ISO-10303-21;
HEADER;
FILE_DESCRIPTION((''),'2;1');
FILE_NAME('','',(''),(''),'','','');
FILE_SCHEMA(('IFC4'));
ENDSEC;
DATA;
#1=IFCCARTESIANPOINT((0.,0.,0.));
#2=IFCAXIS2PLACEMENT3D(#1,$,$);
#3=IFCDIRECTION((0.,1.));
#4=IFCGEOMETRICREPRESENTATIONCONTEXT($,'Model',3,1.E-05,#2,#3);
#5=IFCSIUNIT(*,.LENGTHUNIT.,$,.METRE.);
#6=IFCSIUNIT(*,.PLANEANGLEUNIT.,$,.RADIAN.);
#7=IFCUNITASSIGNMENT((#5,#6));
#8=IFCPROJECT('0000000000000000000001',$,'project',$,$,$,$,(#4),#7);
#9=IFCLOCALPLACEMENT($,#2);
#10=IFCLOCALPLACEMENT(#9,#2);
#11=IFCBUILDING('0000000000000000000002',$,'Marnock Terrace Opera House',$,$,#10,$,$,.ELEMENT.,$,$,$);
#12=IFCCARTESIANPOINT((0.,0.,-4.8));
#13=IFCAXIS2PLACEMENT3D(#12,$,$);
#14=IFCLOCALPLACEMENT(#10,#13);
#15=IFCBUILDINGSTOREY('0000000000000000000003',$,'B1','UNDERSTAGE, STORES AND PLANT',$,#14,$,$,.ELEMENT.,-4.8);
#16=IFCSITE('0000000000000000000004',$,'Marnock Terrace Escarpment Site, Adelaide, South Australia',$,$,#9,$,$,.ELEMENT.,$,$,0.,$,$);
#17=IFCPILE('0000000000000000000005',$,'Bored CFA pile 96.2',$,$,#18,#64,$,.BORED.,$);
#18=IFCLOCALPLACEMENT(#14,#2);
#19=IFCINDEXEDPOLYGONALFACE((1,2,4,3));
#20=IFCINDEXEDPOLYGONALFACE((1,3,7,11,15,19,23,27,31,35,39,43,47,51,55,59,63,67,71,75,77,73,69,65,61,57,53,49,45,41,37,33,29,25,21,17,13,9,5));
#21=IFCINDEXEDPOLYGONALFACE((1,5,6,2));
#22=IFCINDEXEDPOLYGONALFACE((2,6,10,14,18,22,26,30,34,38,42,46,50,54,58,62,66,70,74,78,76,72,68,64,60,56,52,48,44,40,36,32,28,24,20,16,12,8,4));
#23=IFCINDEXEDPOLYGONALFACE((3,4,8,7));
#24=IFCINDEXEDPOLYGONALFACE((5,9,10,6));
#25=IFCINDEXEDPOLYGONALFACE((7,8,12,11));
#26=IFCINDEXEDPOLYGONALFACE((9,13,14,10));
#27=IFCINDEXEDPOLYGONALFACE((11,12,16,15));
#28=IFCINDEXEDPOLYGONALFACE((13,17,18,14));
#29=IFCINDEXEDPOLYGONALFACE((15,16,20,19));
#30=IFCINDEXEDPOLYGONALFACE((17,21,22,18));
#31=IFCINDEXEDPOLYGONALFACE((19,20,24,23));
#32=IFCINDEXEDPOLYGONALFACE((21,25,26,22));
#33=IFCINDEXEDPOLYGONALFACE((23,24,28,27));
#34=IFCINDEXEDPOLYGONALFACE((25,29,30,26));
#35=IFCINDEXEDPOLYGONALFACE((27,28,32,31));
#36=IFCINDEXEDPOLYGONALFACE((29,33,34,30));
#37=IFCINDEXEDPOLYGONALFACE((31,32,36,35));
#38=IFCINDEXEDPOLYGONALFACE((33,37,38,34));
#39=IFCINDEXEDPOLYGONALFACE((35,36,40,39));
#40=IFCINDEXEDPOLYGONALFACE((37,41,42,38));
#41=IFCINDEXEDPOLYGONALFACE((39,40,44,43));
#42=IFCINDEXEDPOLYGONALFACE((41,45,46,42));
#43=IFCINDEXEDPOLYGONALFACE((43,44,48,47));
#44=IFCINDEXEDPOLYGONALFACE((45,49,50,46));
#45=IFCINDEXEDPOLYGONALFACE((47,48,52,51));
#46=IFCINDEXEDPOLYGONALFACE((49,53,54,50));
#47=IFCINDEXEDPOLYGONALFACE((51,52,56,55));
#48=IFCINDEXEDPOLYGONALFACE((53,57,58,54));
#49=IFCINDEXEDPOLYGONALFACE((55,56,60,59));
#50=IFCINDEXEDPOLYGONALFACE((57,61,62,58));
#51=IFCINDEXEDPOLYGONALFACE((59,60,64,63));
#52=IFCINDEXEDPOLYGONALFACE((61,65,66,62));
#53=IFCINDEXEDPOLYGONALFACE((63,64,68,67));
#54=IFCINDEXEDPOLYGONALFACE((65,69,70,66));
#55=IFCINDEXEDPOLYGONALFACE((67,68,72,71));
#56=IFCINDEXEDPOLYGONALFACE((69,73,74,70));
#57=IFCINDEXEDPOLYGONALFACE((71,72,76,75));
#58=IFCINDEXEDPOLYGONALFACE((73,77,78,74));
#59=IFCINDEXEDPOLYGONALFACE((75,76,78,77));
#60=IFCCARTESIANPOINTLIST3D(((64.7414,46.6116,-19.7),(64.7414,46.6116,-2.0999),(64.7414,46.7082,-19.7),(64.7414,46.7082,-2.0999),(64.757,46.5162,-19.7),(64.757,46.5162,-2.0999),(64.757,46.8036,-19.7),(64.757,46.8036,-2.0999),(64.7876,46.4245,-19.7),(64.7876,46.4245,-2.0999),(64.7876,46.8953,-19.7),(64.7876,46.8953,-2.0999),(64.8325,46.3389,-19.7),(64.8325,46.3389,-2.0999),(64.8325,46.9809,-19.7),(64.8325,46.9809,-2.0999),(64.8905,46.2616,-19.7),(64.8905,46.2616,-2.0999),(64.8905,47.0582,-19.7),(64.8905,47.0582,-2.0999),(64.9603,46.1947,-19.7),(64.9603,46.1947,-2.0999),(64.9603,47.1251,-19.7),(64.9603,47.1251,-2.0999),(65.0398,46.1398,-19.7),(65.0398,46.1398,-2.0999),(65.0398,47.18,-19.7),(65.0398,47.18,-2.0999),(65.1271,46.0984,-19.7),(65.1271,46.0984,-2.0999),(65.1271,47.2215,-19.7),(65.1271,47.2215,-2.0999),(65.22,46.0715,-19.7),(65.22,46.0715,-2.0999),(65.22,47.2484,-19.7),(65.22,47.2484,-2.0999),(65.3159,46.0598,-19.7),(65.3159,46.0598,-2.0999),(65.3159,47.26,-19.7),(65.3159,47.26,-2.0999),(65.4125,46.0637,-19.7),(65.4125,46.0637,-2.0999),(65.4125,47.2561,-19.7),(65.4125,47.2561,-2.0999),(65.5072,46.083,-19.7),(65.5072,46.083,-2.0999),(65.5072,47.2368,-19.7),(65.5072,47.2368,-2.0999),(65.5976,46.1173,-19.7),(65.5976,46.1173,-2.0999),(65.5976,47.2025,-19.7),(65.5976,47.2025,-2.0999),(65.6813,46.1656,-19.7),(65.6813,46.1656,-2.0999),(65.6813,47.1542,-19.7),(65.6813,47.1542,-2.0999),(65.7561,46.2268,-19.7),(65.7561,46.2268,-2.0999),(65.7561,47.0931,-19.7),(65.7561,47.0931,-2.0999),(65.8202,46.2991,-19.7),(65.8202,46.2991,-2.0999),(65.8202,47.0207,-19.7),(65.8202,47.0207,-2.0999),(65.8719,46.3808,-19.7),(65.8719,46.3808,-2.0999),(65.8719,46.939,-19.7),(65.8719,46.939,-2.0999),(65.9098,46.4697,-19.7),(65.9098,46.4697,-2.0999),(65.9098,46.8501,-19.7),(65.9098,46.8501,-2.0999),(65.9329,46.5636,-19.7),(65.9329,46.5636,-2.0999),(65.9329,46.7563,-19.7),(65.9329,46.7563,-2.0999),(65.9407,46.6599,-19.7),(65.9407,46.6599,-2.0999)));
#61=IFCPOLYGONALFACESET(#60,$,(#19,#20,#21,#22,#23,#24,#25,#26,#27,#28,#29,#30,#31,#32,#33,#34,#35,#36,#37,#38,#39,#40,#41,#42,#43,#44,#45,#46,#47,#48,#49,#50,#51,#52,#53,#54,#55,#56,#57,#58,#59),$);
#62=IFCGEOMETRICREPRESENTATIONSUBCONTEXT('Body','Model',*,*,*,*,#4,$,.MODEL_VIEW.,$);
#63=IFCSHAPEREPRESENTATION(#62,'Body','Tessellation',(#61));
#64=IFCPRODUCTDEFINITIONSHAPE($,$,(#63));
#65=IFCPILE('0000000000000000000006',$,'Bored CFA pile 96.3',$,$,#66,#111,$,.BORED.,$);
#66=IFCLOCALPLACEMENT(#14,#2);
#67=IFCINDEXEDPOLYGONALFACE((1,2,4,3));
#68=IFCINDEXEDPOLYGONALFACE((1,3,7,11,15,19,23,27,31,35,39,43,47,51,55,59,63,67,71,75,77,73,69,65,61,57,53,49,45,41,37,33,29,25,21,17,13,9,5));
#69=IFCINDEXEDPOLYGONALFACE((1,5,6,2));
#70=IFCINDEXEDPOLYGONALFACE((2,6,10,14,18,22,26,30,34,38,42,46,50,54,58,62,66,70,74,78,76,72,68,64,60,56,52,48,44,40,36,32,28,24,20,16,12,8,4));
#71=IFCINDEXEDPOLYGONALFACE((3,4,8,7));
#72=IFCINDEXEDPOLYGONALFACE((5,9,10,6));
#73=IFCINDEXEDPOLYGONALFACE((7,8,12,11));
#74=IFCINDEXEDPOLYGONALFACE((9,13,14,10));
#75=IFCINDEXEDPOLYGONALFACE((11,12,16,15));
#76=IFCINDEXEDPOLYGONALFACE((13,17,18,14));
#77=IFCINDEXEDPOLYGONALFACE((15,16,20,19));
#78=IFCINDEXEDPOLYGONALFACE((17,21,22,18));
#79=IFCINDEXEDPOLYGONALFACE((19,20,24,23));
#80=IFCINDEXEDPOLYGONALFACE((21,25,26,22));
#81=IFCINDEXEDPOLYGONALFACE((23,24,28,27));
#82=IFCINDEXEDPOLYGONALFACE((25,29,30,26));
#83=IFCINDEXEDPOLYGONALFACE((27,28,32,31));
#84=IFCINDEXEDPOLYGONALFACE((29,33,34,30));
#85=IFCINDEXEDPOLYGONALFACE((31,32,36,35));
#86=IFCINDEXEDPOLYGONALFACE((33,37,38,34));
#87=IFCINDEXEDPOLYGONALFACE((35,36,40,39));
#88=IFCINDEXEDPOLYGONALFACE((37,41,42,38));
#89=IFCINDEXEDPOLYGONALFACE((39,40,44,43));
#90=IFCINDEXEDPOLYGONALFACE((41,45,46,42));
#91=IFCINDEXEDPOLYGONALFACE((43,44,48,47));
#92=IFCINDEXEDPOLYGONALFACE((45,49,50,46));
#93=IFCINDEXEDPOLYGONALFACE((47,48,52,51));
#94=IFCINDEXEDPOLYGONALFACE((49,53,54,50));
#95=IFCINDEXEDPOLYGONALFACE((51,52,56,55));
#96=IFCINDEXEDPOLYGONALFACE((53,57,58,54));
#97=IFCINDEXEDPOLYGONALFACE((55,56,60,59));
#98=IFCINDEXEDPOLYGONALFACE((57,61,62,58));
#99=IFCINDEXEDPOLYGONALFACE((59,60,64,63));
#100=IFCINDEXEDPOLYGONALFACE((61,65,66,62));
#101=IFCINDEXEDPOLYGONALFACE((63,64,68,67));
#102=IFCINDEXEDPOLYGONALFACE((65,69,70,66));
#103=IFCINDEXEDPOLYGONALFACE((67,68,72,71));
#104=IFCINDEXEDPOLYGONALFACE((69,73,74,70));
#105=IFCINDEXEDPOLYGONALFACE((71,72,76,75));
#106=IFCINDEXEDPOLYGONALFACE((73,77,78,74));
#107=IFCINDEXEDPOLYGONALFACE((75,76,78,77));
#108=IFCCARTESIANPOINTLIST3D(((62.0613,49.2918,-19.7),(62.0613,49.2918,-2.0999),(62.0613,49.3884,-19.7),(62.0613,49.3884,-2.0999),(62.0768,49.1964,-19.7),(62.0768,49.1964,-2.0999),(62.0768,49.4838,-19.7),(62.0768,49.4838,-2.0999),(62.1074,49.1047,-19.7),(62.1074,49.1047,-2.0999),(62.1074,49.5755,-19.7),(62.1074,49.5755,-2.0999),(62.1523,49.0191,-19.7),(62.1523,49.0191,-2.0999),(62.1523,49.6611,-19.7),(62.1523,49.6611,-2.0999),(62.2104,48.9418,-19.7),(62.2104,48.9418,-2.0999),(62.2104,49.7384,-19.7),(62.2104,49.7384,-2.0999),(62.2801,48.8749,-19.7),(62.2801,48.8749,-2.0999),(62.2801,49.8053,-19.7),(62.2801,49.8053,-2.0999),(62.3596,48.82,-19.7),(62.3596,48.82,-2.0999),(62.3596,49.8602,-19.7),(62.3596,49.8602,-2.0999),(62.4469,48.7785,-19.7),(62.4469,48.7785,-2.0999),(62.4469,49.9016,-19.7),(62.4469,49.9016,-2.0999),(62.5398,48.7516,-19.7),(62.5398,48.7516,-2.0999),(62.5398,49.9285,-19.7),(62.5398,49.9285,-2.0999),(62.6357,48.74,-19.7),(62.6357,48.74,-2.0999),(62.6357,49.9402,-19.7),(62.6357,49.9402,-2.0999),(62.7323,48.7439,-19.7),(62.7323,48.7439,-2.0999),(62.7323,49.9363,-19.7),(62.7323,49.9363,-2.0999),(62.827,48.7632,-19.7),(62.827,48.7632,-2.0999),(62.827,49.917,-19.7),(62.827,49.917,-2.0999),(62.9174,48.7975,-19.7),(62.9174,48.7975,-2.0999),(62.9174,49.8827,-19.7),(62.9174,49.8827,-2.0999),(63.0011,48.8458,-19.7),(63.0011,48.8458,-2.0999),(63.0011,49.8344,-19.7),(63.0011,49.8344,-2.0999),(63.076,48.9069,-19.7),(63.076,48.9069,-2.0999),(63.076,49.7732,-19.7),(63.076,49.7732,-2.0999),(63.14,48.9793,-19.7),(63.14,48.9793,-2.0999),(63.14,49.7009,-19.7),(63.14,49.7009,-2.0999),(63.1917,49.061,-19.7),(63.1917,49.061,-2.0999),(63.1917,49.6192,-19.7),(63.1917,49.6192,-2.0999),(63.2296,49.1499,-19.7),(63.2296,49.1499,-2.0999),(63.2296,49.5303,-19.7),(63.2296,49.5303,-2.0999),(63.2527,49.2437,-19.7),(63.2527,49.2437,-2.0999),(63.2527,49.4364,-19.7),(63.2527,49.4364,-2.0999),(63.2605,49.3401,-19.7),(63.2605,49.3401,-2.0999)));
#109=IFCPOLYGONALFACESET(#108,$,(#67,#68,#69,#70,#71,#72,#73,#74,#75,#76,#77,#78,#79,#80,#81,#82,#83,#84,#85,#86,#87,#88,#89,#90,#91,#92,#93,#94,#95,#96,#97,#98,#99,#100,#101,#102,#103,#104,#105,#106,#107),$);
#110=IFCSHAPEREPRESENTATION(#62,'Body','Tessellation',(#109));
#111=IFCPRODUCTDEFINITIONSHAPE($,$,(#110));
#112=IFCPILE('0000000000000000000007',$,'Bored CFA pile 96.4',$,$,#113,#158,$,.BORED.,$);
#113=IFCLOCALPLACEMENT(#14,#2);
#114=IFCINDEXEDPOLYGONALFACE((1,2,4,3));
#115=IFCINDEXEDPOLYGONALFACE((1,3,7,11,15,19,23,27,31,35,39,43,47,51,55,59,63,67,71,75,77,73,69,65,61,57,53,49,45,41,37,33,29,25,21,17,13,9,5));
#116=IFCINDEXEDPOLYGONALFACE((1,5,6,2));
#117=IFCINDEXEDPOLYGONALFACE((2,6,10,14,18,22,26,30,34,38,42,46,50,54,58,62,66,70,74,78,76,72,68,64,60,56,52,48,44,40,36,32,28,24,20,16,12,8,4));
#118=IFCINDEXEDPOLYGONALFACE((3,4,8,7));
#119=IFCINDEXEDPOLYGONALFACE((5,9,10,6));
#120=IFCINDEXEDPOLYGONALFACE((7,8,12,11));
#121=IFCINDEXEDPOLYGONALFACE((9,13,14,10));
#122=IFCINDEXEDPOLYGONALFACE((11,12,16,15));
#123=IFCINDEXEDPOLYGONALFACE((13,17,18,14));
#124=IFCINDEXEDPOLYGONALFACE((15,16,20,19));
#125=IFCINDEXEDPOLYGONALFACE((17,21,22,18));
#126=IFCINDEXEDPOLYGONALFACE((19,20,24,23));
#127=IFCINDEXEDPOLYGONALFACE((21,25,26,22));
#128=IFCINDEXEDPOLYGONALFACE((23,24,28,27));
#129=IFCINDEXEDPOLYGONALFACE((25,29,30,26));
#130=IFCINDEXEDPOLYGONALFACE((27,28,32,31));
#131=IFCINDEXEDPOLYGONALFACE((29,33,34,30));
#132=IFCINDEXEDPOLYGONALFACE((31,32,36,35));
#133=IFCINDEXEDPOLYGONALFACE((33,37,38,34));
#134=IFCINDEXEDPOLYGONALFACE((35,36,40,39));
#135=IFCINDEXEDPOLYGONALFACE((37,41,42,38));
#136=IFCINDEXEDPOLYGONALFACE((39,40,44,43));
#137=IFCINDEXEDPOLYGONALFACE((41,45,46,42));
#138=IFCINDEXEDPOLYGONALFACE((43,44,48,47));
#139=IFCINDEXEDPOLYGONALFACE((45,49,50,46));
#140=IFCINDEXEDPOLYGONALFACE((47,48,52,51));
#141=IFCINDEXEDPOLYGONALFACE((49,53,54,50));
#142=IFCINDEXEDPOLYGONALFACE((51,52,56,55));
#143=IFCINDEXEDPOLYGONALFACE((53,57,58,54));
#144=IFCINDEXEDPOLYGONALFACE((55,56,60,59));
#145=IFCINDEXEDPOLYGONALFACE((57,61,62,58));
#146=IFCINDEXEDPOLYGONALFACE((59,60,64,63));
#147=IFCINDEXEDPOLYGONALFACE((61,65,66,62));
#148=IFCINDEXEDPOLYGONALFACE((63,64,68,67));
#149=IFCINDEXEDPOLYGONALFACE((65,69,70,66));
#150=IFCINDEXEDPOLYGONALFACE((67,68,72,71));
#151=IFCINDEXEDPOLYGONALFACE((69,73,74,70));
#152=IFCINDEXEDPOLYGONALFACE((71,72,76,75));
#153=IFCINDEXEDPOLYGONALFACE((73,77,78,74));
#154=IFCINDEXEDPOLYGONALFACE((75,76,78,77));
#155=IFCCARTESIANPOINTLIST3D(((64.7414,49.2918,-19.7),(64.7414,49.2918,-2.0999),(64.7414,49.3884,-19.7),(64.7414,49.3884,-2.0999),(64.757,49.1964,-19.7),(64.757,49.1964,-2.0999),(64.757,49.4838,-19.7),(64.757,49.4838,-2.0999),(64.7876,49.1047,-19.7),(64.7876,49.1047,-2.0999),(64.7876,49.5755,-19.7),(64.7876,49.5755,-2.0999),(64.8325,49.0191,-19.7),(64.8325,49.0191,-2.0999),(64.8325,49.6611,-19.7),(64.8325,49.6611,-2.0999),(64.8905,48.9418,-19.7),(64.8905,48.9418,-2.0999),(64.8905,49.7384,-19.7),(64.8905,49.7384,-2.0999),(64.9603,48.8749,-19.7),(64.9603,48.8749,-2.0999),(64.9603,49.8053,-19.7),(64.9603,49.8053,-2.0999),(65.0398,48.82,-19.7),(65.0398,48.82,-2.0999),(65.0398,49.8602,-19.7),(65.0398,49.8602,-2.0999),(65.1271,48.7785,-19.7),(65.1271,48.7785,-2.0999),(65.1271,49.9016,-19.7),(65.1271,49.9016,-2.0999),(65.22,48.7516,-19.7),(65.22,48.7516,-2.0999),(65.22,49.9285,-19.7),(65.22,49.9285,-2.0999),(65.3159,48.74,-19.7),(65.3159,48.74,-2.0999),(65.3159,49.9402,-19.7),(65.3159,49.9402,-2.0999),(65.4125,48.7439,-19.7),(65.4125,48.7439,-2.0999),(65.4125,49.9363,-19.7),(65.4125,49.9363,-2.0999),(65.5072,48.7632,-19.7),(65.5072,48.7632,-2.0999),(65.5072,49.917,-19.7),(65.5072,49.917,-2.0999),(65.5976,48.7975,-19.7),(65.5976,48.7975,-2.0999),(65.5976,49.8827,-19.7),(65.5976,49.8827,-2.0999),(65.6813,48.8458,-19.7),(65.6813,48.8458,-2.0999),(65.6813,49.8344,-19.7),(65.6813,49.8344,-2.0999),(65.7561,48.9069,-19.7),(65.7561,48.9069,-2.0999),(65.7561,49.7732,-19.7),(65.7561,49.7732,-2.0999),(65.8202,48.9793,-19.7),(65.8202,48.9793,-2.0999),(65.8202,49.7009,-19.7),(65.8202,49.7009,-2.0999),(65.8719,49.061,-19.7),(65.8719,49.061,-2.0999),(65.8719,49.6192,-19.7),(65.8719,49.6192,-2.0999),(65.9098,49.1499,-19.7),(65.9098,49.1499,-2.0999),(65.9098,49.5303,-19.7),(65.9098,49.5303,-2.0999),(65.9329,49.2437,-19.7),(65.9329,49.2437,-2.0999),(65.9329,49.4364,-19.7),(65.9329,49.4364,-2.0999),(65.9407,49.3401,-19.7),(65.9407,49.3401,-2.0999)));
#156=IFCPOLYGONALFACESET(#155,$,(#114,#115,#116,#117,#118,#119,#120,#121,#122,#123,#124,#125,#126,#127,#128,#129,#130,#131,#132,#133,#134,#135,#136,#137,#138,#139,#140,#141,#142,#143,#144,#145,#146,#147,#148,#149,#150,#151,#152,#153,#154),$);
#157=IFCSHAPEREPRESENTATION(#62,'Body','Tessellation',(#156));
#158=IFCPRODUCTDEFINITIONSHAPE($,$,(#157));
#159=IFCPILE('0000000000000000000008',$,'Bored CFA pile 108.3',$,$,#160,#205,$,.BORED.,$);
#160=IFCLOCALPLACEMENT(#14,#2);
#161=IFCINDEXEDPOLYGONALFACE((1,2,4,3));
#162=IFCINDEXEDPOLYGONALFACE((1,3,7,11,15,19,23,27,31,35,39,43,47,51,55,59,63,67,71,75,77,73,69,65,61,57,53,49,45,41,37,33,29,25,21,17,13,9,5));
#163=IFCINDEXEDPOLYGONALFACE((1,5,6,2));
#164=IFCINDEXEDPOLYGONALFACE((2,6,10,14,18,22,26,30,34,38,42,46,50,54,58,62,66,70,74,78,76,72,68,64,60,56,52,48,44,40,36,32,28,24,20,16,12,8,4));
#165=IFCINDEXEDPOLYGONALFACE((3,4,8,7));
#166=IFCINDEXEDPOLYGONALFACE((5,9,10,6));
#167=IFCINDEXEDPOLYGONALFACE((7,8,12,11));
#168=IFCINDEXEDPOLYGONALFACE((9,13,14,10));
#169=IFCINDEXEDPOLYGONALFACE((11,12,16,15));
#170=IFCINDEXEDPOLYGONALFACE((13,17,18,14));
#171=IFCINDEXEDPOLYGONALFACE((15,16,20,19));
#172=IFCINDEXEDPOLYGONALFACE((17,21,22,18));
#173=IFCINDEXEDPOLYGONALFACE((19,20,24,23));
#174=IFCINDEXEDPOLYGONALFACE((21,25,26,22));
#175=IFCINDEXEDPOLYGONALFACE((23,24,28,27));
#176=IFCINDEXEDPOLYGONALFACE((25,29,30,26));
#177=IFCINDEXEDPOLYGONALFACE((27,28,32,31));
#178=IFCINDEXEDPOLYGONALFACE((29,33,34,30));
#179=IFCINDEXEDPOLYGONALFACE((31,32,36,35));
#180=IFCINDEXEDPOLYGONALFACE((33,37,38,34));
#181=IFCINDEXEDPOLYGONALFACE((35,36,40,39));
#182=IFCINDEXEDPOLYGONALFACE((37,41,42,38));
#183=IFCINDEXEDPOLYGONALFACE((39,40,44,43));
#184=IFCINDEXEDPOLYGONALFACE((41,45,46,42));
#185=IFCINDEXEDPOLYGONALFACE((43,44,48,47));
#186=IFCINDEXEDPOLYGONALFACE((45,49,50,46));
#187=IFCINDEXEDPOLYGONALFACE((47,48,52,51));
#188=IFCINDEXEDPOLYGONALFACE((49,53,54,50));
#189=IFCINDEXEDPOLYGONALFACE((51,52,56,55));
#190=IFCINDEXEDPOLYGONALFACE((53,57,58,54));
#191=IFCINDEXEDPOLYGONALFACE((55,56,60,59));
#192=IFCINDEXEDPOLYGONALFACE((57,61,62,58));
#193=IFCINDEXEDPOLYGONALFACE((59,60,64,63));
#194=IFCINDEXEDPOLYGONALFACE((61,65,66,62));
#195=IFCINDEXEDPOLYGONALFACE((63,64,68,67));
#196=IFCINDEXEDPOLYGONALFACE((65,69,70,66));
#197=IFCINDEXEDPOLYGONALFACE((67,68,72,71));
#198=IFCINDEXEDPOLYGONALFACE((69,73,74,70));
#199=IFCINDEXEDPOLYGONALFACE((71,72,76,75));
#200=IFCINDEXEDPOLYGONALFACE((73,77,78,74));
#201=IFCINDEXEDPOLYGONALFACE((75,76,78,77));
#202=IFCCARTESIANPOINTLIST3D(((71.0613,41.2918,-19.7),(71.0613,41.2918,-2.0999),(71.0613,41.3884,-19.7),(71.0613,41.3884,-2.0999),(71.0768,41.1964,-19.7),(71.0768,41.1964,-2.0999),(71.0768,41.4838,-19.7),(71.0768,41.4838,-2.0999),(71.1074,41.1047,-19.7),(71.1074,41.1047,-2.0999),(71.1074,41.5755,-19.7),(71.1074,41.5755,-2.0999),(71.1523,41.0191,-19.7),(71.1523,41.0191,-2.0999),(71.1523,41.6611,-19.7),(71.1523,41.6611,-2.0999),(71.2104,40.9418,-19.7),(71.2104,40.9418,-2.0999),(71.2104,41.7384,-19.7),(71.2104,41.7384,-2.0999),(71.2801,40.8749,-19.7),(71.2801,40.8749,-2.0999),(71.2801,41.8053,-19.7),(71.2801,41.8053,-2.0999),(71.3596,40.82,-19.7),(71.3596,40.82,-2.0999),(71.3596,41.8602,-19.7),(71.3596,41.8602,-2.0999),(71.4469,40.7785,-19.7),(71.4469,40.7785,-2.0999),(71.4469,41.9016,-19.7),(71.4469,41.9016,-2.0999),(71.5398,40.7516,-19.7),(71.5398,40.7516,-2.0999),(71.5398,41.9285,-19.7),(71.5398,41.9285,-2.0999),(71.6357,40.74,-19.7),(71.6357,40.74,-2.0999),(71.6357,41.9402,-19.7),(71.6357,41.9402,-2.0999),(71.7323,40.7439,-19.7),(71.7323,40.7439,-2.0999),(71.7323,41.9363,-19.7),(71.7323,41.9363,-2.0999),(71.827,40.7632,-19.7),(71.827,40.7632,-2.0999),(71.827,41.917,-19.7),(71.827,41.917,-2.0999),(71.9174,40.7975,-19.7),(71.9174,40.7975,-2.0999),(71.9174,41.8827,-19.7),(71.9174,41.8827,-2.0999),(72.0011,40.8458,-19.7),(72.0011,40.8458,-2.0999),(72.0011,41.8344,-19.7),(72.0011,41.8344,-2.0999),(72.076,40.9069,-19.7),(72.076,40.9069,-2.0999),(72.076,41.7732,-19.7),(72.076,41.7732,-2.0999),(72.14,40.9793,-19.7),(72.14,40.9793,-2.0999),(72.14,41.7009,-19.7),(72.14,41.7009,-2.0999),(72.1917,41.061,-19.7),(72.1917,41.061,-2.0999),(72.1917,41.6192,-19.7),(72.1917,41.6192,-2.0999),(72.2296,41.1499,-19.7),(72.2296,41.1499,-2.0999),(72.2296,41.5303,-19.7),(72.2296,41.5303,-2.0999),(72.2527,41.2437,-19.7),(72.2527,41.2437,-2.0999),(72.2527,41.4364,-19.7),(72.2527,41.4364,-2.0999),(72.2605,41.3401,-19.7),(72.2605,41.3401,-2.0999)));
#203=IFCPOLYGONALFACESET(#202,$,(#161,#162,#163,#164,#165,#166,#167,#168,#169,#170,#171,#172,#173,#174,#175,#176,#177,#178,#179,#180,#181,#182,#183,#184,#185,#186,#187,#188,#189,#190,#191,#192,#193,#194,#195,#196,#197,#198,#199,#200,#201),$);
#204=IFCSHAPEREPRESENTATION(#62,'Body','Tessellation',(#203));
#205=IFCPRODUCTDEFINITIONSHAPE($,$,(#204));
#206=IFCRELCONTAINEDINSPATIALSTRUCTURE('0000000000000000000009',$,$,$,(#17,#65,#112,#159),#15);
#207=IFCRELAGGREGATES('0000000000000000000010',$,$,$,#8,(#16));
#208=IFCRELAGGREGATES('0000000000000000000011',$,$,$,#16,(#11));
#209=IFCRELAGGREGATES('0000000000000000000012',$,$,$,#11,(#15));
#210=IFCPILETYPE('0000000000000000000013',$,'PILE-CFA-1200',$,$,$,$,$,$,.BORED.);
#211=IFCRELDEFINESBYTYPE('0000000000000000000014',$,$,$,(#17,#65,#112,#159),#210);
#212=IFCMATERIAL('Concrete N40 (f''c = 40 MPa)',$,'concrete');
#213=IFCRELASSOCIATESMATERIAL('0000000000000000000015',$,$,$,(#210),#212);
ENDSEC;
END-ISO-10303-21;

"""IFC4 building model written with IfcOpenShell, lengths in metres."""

from ifc_helpers import new_model, si_unit, direction, frame, origin, origin_2d, place, context, subcontext, project, spatial, circle, extrude, material, material_profile, profile_set, type_object, element, save


model = new_model("IFC4")

# Units and contexts
model_context = context("Model", 3, precision=1e-05, world=origin(), true_north=direction((0.0, 1.0)))
body_context = subcontext(model_context, "Body", "Model", "MODEL_VIEW")
ifc_project = project(units=[si_unit("LENGTHUNIT", "METRE"), si_unit("PLANEANGLEUNIT", "RADIAN")], contexts=[model_context])

# Site, building, storey
site_placement = place(None, origin())
site = spatial("IfcSite", under=ifc_project, at=site_placement, Name="Marnock Terrace Escarpment Site, Adelaide, South Australia", CompositionType="ELEMENT", RefElevation=0.0)
building_placement = place(site_placement, origin())
building = spatial("IfcBuilding", under=site, at=building_placement, Name="Marnock Terrace Opera House", CompositionType="ELEMENT")
storey_placement = place(building_placement, frame((0.0, 0.0, -4.8)))
storey = spatial("IfcBuildingStorey", under=building, at=storey_placement, Name="B1", Description="UNDERSTAGE, STORES AND PLANT", CompositionType="ELEMENT", Elevation=-4.8)

# Shared definitions
ifc_material_1 = material(Name="Concrete N40 (f'c = 40 MPa)", Category="concrete")

# Piles
ifc_material_profile_1 = material_profile(ifc_material_1, circle(Radius=0.6006, at=origin_2d()))
ifc_profile_set_1 = profile_set([ifc_material_profile_1], Name="Concrete N40 (f'c = 40 MPa)")
pile_type = type_object("IfcPileType", Name="PILE-CFA-1200", PredefinedType="BORED", material=ifc_profile_set_1)
for number, where, z_axis, x_axis, name in (
    (1, (65.3401, 46.6599, -2.0999), (0.0, 0.0, -1.0), (1.0, 0.0, 0.0), "Bored CFA pile 96.2"),
    (2, (62.6599, 49.3401, -2.0999), (0.0, 0.0, -1.0), (1.0, 0.0, 0.0), "Bored CFA pile 96.3"),
    (3, (65.3401, 49.3401, -2.0999), (0.0, 0.0, -1.0), (1.0, 0.0, 0.0), "Bored CFA pile 96.4"),
    (4, (71.6599, 41.3401, -2.0999), (0.0, 0.0, -1.0), (1.0, 0.0, 0.0), "Bored CFA pile 108.3"),
):
    element("IfcPile", number, at=place(storey_placement, frame(where, z_axis=z_axis, x_axis=x_axis)), inside=storey, type_object=pile_type, Name=name, PredefinedType="BORED", context=body_context, shape_type="SweptSolid", body=[
        extrude(circle(Radius=0.6006, at=origin_2d()), origin(), (0.0, 0.0, 1.0), 17.6001),
    ])

save(model, "model.ifc")
